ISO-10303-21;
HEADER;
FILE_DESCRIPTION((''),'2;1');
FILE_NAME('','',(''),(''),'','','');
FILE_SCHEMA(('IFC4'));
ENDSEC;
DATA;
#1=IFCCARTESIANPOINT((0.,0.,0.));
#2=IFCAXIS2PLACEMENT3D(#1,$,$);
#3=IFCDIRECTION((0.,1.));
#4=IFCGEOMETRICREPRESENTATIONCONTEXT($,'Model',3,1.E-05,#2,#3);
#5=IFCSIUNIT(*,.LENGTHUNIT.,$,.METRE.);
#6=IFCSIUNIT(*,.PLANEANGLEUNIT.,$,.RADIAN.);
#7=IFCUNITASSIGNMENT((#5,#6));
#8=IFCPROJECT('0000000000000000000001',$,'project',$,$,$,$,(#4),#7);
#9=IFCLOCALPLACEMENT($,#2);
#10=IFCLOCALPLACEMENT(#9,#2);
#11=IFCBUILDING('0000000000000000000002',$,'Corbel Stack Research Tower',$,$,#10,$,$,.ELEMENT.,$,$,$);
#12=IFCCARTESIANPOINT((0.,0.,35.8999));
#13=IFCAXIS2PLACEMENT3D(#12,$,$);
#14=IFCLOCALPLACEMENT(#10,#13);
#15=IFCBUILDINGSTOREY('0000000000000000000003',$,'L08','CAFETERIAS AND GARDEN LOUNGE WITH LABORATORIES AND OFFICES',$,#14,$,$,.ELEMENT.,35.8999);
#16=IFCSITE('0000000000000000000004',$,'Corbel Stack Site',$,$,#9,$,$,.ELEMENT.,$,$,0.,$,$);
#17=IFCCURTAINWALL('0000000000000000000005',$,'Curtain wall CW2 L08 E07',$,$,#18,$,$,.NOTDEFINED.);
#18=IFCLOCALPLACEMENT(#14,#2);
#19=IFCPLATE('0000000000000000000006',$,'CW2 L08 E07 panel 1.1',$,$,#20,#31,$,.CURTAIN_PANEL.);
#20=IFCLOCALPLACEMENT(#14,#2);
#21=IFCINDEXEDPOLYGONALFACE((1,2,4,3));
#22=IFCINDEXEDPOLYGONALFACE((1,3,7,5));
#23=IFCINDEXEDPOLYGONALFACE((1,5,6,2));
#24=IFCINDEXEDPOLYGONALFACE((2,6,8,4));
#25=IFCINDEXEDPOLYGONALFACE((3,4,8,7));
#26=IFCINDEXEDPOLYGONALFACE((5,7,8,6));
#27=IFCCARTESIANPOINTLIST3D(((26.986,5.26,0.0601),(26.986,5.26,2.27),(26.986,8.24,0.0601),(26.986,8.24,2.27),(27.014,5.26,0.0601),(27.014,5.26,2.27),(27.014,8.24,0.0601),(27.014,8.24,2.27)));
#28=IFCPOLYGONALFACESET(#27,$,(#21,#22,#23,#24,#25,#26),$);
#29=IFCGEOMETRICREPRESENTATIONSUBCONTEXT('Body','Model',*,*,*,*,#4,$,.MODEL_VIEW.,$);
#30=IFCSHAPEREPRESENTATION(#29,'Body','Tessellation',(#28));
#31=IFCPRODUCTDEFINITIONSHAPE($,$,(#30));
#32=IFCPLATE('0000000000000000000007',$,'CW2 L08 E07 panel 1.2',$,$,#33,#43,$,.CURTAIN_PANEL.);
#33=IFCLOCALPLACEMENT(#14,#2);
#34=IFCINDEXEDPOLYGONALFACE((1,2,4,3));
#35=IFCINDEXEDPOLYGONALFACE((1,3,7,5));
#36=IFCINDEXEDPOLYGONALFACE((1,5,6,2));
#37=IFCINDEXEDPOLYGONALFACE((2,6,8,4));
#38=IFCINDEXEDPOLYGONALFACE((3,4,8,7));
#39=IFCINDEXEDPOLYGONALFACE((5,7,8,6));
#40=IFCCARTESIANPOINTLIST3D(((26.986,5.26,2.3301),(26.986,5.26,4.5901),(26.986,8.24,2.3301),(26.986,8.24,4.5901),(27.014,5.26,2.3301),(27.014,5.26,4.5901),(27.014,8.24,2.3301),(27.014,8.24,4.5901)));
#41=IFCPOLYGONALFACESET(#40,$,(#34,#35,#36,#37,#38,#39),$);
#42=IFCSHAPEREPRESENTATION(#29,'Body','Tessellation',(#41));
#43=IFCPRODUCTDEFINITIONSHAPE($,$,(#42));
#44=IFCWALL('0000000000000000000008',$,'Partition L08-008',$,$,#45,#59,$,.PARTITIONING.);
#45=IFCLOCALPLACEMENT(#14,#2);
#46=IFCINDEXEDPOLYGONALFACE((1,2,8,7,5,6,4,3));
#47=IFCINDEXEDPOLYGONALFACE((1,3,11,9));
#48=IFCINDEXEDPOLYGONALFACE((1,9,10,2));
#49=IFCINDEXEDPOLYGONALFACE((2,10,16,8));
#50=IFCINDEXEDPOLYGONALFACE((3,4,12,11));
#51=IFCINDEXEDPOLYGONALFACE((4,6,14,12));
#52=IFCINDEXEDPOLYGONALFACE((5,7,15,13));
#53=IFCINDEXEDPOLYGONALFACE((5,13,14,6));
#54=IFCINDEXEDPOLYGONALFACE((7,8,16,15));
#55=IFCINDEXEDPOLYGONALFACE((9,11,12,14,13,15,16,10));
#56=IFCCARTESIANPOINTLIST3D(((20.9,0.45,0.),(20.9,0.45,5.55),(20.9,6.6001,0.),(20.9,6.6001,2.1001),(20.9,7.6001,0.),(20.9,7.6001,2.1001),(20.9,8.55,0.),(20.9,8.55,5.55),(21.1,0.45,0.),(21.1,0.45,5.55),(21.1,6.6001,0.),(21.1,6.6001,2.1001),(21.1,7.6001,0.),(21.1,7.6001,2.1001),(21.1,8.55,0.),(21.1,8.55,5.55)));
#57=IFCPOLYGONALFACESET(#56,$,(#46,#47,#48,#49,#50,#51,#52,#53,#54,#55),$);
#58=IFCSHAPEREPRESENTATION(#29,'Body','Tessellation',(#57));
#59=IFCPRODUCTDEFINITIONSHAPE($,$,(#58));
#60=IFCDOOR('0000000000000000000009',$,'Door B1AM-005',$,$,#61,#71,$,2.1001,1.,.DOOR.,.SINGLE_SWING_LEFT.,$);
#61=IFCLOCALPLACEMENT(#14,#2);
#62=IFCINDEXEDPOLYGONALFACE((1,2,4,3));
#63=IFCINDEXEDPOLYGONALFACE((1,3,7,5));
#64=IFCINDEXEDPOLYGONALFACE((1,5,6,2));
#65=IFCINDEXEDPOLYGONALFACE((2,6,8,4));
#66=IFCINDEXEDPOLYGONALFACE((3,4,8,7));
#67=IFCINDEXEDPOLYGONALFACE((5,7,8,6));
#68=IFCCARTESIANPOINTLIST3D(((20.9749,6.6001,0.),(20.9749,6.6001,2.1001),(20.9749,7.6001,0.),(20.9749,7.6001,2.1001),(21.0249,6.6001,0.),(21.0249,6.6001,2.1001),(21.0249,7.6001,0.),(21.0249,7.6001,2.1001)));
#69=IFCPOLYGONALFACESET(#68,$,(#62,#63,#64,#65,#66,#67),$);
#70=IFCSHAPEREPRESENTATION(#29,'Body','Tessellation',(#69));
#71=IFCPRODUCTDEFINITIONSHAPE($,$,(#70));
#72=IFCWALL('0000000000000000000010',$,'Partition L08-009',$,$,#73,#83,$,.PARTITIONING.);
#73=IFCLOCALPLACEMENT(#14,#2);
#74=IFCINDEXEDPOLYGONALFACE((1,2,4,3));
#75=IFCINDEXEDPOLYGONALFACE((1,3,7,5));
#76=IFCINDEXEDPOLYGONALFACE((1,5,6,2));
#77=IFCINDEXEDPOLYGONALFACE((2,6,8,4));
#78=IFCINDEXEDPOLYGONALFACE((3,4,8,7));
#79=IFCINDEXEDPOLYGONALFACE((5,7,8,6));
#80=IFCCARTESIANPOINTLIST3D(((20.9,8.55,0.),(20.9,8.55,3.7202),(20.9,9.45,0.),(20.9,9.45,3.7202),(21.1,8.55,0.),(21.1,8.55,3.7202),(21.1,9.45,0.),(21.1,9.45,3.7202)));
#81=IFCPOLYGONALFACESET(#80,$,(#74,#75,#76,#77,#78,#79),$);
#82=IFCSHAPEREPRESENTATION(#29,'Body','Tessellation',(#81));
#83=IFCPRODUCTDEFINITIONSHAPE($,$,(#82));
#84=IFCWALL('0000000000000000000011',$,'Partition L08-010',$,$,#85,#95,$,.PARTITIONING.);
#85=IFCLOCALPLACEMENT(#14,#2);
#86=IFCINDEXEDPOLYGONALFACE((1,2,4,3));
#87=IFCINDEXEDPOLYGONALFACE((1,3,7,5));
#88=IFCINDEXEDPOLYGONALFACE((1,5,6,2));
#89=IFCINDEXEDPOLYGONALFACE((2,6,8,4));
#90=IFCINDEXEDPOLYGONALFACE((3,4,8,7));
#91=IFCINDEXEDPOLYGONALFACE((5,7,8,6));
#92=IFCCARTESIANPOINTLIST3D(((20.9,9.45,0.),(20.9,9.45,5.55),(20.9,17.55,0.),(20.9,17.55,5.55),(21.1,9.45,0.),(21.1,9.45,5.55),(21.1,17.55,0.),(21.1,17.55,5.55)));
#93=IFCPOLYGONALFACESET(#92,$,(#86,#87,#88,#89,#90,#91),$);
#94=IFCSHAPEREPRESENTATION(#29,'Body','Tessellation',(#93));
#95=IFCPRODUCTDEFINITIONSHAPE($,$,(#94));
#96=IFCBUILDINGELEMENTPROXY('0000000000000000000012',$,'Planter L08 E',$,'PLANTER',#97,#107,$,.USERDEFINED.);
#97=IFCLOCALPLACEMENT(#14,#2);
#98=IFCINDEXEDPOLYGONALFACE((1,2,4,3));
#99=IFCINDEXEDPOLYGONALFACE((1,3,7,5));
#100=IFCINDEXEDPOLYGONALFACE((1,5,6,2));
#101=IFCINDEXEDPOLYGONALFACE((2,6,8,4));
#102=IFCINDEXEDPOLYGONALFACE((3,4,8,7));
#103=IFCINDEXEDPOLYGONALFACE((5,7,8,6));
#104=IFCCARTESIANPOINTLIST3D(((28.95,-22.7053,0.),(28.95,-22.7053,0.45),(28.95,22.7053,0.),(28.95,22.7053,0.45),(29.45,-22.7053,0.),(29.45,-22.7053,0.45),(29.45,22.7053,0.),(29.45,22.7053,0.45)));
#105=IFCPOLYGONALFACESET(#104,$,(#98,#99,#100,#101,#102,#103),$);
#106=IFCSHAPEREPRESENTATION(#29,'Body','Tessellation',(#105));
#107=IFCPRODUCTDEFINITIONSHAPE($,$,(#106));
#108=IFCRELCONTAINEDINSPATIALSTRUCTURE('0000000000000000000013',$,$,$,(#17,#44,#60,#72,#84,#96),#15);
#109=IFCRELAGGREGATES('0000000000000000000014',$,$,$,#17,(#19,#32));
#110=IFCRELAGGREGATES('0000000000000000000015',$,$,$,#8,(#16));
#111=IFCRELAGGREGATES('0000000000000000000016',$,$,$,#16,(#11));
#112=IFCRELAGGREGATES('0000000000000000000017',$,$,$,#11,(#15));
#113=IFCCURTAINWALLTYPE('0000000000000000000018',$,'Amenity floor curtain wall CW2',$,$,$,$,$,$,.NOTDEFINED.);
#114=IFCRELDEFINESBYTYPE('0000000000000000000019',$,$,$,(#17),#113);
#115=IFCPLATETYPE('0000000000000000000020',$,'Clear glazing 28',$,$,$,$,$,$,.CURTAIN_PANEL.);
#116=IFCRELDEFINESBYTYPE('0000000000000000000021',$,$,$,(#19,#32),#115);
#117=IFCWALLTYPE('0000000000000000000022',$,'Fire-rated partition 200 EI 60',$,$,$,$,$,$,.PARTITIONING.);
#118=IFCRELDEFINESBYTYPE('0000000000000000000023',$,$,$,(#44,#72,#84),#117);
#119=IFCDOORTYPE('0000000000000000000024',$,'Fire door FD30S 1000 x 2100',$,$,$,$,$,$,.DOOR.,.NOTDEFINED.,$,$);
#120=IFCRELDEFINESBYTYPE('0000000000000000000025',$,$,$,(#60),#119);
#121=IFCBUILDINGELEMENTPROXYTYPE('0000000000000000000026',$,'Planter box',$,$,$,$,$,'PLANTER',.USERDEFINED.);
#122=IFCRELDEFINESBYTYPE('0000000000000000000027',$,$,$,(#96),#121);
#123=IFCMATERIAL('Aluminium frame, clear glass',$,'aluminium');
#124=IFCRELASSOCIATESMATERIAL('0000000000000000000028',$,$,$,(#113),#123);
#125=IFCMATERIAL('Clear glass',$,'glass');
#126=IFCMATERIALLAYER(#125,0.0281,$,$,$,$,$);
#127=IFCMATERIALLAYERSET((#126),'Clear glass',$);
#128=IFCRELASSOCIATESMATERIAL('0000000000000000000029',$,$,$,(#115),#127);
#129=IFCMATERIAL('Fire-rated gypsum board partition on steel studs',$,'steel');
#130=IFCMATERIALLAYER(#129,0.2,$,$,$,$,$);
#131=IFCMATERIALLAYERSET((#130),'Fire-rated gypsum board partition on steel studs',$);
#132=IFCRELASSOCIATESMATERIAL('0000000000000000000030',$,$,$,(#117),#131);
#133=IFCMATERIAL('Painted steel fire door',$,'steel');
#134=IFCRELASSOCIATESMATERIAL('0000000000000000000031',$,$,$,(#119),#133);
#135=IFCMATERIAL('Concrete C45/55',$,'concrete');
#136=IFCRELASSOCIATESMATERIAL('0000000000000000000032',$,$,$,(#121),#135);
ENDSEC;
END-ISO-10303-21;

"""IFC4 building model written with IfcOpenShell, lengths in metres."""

from ifc_helpers import new_model, si_unit, direction, frame, frame_2d, origin, origin_2d, place, context, subcontext, project, spatial, rectangle, extrude, material, layer, layer_set, type_object, element, fill, aggregate, save


model = new_model("IFC4")

# Units and contexts
model_context = context("Model", 3, precision=1e-05, world=origin(), true_north=direction((0.0, 1.0)))
body_context = subcontext(model_context, "Body", "Model", "MODEL_VIEW")
ifc_project = project(units=[si_unit("LENGTHUNIT", "METRE"), si_unit("PLANEANGLEUNIT", "RADIAN")], contexts=[model_context])

# Site, building, storey
site_placement = place(None, origin())
site = spatial("IfcSite", under=ifc_project, at=site_placement, Name="Corbel Stack Site", CompositionType="ELEMENT", RefElevation=0.0)
building_placement = place(site_placement, origin())
building = spatial("IfcBuilding", under=site, at=building_placement, Name="Corbel Stack Research Tower", CompositionType="ELEMENT")
storey_placement = place(building_placement, frame((0.0, 0.0, 35.8999)))
storey = spatial("IfcBuildingStorey", under=building, at=storey_placement, Name="L08", Description="CAFETERIAS AND GARDEN LOUNGE WITH LABORATORIES AND OFFICES", CompositionType="ELEMENT", Elevation=35.8999)

# Curtain wall
ifc_material_1 = material(Name="Aluminium frame, clear glass", Category="aluminium")
curtain_wall_type = type_object("IfcCurtainWallType", Name="Amenity floor curtain wall CW2", PredefinedType="NOTDEFINED", material=ifc_material_1)
curtain_wall_1_placement = place(storey_placement, origin())
curtain_wall_1 = element("IfcCurtainWall", 1, at=curtain_wall_1_placement, inside=storey, type_object=curtain_wall_type, Name="Curtain wall CW2 L08 E07", PredefinedType="NOTDEFINED")

# Plates
ifc_material_2 = material(Name="Clear glass", Category="glass")
ifc_layer_1 = layer(ifc_material_2, 0.0281)
ifc_layer_set_1 = layer_set([ifc_layer_1], Name="Clear glass")
plate_type = type_object("IfcPlateType", Name="Clear glazing 28", PredefinedType="CURTAIN_PANEL", material=ifc_layer_set_1)
plate_1_placement = place(storey_placement, frame((27.0, 6.75, 0.0601), z_axis=(0.0, 0.0, 1.0), x_axis=(0.0, 1.0, 0.0)))
plate_1 = element("IfcPlate", 2, at=plate_1_placement, type_object=plate_type, Name="CW2 L08 E07 panel 1.1", PredefinedType="CURTAIN_PANEL", context=body_context, shape_type="SweptSolid", body=[
    extrude(rectangle(XDim=2.98, YDim=0.0281, at=origin_2d()), origin(), (0.0, 0.0, 1.0), 2.21),
])
plate_2_placement = place(storey_placement, frame((27.0, 6.75, 2.3301), z_axis=(0.0, 0.0, 1.0), x_axis=(0.0, 1.0, 0.0)))
plate_2 = element("IfcPlate", 3, at=plate_2_placement, type_object=plate_type, Name="CW2 L08 E07 panel 1.2", PredefinedType="CURTAIN_PANEL", context=body_context, shape_type="SweptSolid", body=[
    extrude(rectangle(XDim=2.98, YDim=0.0281, at=origin_2d()), origin(), (0.0, 0.0, 1.0), 2.26),
])
aggregate(curtain_wall_1, [plate_1, plate_2])

# Wall, opening, door
ifc_material_3 = material(Name="Fire-rated gypsum board partition on steel studs", Category="steel")
ifc_layer_2 = layer(ifc_material_3, 0.2)
ifc_layer_set_2 = layer_set([ifc_layer_2], Name="Fire-rated gypsum board partition on steel studs")
wall_type = type_object("IfcWallType", Name="Fire-rated partition 200 EI 60", PredefinedType="PARTITIONING", material=ifc_layer_set_2)
wall_1_placement = place(storey_placement, frame((21.0, 8.55, 0.0), z_axis=(0.0, 0.0, 1.0), x_axis=(0.0, -1.0, 0.0)))
wall_1 = element("IfcWall", 4, at=wall_1_placement, inside=storey, type_object=wall_type, Name="Partition L08-008", PredefinedType="PARTITIONING", context=body_context, shape_type="SweptSolid", body=[
    extrude(rectangle(XDim=8.1001, YDim=0.2, at=frame_2d((4.05, 0.0))), origin(), (0.0, 0.0, 1.0), 5.55),
])
opening_placement = place(wall_1_placement, frame((0.95, 0.0, 0.0)))
opening = element("IfcOpeningElement", 5, at=opening_placement, cuts=wall_1, PredefinedType="OPENING", context=body_context, shape_type="SweptSolid", body=[
    extrude(rectangle(XDim=1.0, YDim=2.1001, at=frame_2d((0.5, 1.05))), frame((0.0, 0.1099, 0.0), z_axis=(0.0, -1.0, 0.0), x_axis=(1.0, 0.0, 0.0)), (0.0, 0.0, 1.0), 0.22),
])
ifc_material_4 = material(Name="Painted steel fire door", Category="steel")
door_type = type_object("IfcDoorType", Name="Fire door FD30S 1000 x 2100", OperationType="NOTDEFINED", PredefinedType="DOOR", material=ifc_material_4)
door_placement = place(opening_placement, origin())
door = element("IfcDoor", 6, at=door_placement, inside=storey, type_object=door_type, Name="Door B1AM-005", OperationType="SINGLE_SWING_LEFT", OverallHeight=2.1001, OverallWidth=1.0, PredefinedType="DOOR", context=body_context, shape_type="SweptSolid", body=[
    extrude(rectangle(XDim=1.0, YDim=2.1001, at=frame_2d((0.5, 1.05))), frame((0.0, 0.0249, 0.0), z_axis=(0.0, -1.0, 0.0), x_axis=(1.0, 0.0, 0.0)), (0.0, 0.0, 1.0), 0.05),
])
fill(opening, door)

# Walls
wall_2_placement = place(storey_placement, frame((21.0, 8.55, 0.0), z_axis=(0.0, 0.0, 1.0), x_axis=(0.0, 1.0, 0.0)))
element("IfcWall", 7, at=wall_2_placement, inside=storey, type_object=wall_type, Name="Partition L08-009", PredefinedType="PARTITIONING", context=body_context, shape_type="SweptSolid", body=[
    extrude(rectangle(XDim=0.8999, YDim=0.2, at=frame_2d((0.45, 0.0))), origin(), (0.0, 0.0, 1.0), 3.7202),
])
wall_3_placement = place(storey_placement, frame((21.0, 9.45, 0.0), z_axis=(0.0, 0.0, 1.0), x_axis=(0.0, 1.0, 0.0)))
element("IfcWall", 8, at=wall_3_placement, inside=storey, type_object=wall_type, Name="Partition L08-010", PredefinedType="PARTITIONING", context=body_context, shape_type="SweptSolid", body=[
    extrude(rectangle(XDim=8.1001, YDim=0.2, at=frame_2d((4.05, 0.0))), origin(), (0.0, 0.0, 1.0), 5.55),
])

# Building element proxy
ifc_material_5 = material(Name="Concrete C45/55", Category="concrete")
building_element_proxy_type = type_object("IfcBuildingElementProxyType", Name="Planter box", ElementType="PLANTER", PredefinedType="USERDEFINED", material=ifc_material_5)
proxy_placement = place(storey_placement, frame((29.2, 0.0, 0.0), z_axis=(0.0, 0.0, 1.0), x_axis=(0.0, 1.0, 0.0)))
element("IfcBuildingElementProxy", 9, at=proxy_placement, inside=storey, type_object=building_element_proxy_type, Name="Planter L08 E", ObjectType="PLANTER", PredefinedType="USERDEFINED", context=body_context, shape_type="SweptSolid", body=[
    extrude(rectangle(XDim=45.4106, YDim=0.5, at=origin_2d()), origin(), (0.0, 0.0, 1.0), 0.45),
])

save(model, "model.ifc")
